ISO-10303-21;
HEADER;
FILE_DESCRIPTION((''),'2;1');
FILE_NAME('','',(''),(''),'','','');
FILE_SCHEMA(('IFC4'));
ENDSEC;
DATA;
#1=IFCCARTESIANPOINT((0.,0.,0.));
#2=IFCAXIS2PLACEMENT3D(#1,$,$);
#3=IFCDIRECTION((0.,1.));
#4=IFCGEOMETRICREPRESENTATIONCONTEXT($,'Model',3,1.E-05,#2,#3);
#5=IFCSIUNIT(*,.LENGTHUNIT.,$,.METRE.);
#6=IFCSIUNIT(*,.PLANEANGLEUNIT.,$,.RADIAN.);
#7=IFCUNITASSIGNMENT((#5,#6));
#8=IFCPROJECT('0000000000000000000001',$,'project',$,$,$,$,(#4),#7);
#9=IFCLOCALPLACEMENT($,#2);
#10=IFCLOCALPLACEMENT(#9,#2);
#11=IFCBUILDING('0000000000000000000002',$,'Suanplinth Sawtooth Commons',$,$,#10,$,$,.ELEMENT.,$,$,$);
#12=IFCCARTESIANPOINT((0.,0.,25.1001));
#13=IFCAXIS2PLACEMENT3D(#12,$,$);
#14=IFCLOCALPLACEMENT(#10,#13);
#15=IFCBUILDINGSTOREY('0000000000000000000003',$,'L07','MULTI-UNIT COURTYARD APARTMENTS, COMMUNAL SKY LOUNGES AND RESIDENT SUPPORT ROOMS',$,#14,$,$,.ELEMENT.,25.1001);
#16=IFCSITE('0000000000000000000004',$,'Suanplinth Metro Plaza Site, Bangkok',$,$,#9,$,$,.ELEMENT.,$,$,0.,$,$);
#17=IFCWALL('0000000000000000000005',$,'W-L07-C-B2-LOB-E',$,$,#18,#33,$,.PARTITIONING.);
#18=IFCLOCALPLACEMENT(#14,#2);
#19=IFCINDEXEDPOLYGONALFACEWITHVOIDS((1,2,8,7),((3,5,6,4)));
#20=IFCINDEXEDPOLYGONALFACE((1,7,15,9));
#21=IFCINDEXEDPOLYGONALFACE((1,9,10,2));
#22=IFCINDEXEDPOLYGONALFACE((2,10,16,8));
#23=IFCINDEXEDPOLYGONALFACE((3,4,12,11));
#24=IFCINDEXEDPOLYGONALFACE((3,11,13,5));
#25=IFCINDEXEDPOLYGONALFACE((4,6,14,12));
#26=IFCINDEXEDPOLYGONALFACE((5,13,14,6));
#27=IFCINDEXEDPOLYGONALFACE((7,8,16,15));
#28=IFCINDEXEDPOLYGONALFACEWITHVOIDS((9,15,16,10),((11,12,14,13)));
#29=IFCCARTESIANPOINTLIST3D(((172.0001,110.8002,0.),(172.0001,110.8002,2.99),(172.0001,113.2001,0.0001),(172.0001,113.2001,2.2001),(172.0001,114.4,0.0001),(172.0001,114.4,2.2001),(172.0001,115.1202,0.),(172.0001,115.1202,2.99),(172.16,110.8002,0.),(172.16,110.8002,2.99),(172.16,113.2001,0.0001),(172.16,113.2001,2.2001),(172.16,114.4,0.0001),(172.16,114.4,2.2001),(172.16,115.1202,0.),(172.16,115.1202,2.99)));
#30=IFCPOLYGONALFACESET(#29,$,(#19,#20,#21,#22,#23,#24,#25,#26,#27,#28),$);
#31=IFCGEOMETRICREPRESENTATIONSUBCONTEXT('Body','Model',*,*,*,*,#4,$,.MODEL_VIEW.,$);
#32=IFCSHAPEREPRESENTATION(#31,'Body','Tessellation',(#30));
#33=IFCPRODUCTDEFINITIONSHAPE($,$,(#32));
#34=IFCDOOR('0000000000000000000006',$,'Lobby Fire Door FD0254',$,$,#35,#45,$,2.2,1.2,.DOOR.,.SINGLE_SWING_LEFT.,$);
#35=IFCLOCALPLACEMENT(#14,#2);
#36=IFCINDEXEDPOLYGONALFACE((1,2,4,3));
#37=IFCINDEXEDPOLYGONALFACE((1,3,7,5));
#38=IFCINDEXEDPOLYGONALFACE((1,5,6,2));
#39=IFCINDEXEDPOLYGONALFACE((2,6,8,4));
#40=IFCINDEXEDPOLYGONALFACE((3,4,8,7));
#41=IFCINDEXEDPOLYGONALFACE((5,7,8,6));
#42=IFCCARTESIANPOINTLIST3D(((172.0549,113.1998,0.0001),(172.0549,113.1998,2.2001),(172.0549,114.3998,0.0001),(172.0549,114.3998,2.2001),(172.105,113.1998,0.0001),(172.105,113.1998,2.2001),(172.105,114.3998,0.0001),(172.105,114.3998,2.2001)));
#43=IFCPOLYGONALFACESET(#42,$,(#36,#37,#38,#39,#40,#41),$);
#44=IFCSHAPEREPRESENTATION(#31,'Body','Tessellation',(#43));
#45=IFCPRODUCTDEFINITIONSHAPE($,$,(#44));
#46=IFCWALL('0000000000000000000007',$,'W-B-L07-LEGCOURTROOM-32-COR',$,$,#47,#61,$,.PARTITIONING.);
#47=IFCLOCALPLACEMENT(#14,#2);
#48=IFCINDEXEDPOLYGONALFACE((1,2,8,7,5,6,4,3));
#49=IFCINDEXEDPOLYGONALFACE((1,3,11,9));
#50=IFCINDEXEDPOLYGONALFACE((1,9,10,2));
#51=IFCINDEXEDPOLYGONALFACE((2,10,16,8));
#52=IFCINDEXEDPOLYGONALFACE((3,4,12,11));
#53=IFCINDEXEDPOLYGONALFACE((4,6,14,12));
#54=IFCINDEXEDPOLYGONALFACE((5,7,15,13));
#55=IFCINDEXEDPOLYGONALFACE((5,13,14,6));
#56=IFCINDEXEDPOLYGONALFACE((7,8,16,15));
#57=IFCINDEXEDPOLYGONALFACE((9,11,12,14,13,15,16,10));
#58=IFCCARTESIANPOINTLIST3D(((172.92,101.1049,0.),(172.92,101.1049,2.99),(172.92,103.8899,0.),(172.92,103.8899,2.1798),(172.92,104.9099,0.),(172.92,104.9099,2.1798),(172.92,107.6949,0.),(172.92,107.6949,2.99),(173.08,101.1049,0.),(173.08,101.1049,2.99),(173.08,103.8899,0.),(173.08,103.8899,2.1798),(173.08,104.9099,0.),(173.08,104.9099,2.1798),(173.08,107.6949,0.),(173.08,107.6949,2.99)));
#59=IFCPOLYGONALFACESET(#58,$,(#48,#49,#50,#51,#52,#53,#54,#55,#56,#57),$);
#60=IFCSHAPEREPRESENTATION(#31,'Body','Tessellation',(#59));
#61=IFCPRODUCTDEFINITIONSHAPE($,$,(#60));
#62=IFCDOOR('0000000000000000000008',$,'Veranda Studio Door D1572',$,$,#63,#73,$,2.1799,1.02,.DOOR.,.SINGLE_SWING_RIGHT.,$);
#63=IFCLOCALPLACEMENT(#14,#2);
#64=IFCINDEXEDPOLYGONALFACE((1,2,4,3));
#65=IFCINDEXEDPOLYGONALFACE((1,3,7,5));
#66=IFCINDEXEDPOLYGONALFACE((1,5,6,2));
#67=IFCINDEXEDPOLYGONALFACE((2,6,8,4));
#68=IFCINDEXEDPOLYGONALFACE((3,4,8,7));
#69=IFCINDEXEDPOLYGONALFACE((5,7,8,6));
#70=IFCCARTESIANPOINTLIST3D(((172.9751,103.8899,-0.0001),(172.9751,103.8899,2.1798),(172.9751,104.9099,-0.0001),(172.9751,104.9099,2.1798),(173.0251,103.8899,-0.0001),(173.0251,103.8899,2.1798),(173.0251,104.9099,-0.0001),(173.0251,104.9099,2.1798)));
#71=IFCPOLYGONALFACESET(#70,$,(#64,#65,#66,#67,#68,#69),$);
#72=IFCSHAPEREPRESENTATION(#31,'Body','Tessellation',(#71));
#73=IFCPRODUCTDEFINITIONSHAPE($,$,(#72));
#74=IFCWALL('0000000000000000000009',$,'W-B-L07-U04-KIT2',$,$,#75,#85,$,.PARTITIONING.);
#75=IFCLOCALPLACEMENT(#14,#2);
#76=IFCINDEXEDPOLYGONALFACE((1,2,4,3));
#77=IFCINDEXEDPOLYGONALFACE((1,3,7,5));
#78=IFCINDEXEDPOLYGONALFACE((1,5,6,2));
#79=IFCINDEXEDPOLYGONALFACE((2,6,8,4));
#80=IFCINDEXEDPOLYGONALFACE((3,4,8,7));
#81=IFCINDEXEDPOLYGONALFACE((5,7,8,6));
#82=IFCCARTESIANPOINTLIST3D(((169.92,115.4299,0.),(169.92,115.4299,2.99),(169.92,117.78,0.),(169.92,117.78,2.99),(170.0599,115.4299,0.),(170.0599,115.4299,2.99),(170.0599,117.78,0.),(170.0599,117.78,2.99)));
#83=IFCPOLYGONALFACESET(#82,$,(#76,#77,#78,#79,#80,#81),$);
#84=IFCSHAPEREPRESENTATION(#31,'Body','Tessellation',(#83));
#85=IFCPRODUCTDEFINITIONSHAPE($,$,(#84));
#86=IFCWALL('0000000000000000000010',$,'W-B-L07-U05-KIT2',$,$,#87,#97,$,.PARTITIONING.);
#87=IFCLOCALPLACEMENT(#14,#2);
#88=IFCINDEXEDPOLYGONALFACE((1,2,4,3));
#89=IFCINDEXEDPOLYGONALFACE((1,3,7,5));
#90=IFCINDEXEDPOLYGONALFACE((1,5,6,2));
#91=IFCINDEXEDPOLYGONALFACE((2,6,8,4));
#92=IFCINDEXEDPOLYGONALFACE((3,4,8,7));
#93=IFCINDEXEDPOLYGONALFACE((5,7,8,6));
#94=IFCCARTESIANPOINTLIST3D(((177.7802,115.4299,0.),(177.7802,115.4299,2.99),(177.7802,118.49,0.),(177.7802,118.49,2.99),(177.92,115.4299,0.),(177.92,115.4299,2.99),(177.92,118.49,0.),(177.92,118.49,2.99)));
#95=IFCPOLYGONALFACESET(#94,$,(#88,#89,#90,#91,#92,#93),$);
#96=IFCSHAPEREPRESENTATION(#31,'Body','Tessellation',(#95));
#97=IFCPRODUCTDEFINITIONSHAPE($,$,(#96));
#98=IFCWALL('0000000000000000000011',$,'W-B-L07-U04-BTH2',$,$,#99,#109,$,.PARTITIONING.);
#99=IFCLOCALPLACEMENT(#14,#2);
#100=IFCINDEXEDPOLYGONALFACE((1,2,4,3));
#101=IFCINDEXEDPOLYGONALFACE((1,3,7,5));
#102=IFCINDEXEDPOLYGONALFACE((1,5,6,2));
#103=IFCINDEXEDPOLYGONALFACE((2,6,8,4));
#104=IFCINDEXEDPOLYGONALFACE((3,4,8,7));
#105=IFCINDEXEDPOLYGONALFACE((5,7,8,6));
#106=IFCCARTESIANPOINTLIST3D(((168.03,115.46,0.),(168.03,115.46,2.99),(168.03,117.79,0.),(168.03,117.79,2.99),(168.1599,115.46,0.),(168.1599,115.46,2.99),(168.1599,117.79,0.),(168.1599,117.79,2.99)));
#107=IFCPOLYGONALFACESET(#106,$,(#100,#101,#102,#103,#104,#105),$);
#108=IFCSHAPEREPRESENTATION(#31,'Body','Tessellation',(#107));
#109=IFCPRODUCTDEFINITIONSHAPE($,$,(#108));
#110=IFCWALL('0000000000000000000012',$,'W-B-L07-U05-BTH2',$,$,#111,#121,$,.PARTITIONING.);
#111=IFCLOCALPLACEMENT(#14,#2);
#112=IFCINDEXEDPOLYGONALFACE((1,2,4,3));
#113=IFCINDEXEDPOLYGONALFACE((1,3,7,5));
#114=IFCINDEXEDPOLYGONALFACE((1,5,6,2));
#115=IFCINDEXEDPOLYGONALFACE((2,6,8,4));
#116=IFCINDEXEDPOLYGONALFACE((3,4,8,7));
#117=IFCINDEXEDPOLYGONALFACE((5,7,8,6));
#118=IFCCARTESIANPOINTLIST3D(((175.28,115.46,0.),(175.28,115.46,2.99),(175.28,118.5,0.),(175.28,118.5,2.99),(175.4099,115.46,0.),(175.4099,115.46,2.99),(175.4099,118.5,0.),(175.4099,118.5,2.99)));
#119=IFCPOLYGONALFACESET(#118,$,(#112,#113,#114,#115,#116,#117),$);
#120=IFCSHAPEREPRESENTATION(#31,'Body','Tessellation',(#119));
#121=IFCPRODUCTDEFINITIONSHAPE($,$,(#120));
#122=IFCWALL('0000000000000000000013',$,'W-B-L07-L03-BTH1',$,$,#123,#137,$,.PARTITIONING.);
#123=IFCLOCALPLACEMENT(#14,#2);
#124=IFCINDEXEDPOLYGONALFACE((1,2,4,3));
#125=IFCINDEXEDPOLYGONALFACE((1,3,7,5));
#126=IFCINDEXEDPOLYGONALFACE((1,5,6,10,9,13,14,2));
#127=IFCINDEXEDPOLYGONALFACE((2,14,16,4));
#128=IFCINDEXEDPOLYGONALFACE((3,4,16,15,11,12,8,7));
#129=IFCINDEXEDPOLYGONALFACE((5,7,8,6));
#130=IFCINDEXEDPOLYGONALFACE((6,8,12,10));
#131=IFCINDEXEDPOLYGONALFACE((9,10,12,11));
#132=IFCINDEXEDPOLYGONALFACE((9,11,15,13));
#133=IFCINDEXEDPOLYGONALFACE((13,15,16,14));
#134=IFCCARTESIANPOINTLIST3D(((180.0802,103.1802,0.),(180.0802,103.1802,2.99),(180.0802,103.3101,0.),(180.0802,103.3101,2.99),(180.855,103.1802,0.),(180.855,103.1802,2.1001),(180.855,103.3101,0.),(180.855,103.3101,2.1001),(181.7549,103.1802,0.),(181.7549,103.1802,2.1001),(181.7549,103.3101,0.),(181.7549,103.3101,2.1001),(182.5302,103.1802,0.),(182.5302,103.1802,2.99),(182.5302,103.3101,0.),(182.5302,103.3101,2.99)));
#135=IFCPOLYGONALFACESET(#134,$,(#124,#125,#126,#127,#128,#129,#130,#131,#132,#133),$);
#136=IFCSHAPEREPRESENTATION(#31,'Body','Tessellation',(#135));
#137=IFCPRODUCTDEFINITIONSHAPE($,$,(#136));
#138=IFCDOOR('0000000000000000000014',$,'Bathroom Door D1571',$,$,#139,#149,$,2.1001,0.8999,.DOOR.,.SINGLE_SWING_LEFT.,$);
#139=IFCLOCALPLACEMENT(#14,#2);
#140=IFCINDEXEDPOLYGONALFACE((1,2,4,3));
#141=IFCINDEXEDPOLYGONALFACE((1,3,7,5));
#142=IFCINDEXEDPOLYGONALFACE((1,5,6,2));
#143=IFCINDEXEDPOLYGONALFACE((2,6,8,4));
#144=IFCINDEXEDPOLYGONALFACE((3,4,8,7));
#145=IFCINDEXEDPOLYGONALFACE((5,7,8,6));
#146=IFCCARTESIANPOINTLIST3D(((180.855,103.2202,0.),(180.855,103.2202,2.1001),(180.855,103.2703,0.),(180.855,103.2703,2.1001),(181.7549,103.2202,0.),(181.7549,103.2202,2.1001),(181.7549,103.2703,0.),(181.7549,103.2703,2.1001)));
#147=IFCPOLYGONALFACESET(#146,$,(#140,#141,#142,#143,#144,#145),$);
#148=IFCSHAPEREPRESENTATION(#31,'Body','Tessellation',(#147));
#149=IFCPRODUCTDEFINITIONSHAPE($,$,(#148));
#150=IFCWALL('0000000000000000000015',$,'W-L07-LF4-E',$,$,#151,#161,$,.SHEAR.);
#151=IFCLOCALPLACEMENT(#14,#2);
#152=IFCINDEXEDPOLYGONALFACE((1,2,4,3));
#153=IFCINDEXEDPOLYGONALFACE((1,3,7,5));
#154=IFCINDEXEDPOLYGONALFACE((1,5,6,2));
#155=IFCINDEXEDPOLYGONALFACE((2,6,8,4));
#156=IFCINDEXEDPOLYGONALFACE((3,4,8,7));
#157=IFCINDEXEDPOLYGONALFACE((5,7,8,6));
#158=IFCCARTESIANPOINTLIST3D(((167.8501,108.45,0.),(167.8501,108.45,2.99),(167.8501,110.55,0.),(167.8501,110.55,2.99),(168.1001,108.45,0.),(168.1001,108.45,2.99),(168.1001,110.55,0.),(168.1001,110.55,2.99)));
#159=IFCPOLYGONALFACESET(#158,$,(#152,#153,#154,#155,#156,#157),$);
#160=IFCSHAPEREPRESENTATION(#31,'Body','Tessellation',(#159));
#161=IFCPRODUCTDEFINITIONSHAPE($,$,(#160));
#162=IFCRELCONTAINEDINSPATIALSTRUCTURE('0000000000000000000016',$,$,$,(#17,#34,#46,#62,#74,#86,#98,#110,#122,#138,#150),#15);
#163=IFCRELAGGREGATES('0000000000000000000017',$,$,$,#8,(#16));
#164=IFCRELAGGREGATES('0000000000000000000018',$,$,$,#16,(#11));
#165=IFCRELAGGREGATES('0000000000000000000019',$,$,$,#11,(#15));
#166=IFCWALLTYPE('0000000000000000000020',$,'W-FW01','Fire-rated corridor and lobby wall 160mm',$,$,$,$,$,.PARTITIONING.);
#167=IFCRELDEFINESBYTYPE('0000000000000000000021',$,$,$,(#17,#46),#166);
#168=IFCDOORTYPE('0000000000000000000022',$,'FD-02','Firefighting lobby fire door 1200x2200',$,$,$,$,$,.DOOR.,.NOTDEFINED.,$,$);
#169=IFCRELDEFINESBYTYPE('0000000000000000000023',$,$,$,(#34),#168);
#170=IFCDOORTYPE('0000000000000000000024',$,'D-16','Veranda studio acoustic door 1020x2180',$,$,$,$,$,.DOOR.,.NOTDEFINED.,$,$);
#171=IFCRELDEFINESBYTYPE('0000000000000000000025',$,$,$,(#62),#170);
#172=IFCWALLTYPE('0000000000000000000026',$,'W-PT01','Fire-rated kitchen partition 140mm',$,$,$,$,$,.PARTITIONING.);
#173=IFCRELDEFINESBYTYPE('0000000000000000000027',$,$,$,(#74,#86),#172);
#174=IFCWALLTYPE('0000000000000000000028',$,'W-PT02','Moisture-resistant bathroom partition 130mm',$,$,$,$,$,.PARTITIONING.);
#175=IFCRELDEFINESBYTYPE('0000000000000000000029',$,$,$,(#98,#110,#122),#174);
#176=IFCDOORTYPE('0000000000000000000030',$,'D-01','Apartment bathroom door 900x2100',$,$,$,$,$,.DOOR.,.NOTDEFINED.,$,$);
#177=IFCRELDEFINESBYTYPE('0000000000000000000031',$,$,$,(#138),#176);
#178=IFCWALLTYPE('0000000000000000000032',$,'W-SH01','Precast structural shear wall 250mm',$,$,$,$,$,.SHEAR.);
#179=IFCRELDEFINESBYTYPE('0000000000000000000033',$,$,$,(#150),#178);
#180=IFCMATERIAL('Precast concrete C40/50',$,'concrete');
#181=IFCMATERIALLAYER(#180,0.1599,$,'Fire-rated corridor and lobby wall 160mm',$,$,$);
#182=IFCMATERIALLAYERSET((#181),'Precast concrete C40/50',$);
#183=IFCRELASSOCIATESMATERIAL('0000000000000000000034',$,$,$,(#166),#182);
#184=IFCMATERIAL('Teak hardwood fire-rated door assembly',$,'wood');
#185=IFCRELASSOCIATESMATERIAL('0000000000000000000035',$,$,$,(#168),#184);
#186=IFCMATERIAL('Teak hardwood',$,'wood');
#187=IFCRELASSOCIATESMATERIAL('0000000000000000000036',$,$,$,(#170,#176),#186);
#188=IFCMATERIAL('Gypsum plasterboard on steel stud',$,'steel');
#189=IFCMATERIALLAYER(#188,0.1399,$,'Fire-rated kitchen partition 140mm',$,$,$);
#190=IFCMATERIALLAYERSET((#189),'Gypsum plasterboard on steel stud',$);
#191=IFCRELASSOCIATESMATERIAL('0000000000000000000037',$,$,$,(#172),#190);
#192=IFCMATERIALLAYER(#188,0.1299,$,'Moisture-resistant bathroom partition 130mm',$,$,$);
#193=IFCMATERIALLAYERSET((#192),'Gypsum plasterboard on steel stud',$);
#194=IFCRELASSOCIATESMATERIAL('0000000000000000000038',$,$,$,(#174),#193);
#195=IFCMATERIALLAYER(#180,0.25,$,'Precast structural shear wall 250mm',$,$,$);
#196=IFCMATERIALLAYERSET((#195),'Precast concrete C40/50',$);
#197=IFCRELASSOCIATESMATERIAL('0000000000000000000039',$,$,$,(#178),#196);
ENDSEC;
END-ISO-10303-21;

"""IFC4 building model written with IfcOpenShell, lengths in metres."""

from ifc_helpers import new_model, si_unit, direction, frame, frame_2d, origin, place, context, subcontext, project, spatial, rectangle, extrude, material, layer, layer_set, type_object, element, fill, save


model = new_model("IFC4")

# Units and contexts
model_context = context("Model", 3, precision=1e-05, world=origin(), true_north=direction((0.0, 1.0)))
body_context = subcontext(model_context, "Body", "Model", "MODEL_VIEW")
ifc_project = project(units=[si_unit("LENGTHUNIT", "METRE"), si_unit("PLANEANGLEUNIT", "RADIAN")], contexts=[model_context])

# Site, building, storey
site_placement = place(None, origin())
site = spatial("IfcSite", under=ifc_project, at=site_placement, Name="Suanplinth Metro Plaza Site, Bangkok", CompositionType="ELEMENT", RefElevation=0.0)
building_placement = place(site_placement, origin())
building = spatial("IfcBuilding", under=site, at=building_placement, Name="Suanplinth Sawtooth Commons", CompositionType="ELEMENT")
storey_placement = place(building_placement, frame((0.0, 0.0, 25.1001)))
storey = spatial("IfcBuildingStorey", under=building, at=storey_placement, Name="L07", Description="MULTI-UNIT COURTYARD APARTMENTS, COMMUNAL SKY LOUNGES AND RESIDENT SUPPORT ROOMS", CompositionType="ELEMENT", Elevation=25.1001)

# Shared definitions
ifc_material_1 = material(Name="Precast concrete C40/50", Category="concrete")

# Walls, openings, doors
ifc_layer_1 = layer(ifc_material_1, 0.1599, Name="Fire-rated corridor and lobby wall 160mm")
ifc_layer_set_1 = layer_set([ifc_layer_1], Name="Precast concrete C40/50")
wall_type_1 = type_object("IfcWallType", Name="W-FW01", Description="Fire-rated corridor and lobby wall 160mm", PredefinedType="PARTITIONING", material=ifc_layer_set_1)
wall_1_placement = place(storey_placement, frame((172.0801, 110.8, 0.0), z_axis=(0.0, 0.0, 1.0), x_axis=(0.0, 1.0, 0.0)))
wall_1 = element("IfcWall", 1, at=wall_1_placement, inside=storey, type_object=wall_type_1, Name="W-L07-C-B2-LOB-E", PredefinedType="PARTITIONING", context=body_context, shape_type="SweptSolid", body=[
    extrude(rectangle(XDim=4.3201, YDim=0.1599, at=frame_2d((2.1602, 0.0))), origin(), (0.0, 0.0, 1.0), 2.99),
])
opening_1_placement = place(wall_1_placement, frame((2.3999, 0.0, 0.0)))
opening_1 = element("IfcOpeningElement", 2, at=opening_1_placement, cuts=wall_1, PredefinedType="OPENING", context=body_context, shape_type="SweptSolid", body=[
    extrude(rectangle(XDim=1.2, YDim=2.2, at=frame_2d((0.6001, 1.1001))), frame((0.0, 0.0947, 0.0), z_axis=(0.0, -1.0, 0.0), x_axis=(1.0, 0.0, 0.0)), (0.0, 0.0, 1.0), 0.1897),
])
ifc_material_2 = material(Name="Teak hardwood fire-rated door assembly", Category="wood")
door_type_1 = type_object("IfcDoorType", Name="FD-02", Description="Firefighting lobby fire door 1200x2200", OperationType="NOTDEFINED", PredefinedType="DOOR", material=ifc_material_2)
door_1_placement = place(opening_1_placement, frame((1.2, 0.0, 0.0), z_axis=(0.0, 0.0, 1.0), x_axis=(-1.0, 0.0, 0.0)))
door_1 = element("IfcDoor", 3, at=door_1_placement, inside=storey, type_object=door_type_1, Name="Lobby Fire Door FD0254", OperationType="SINGLE_SWING_LEFT", OverallHeight=2.2, OverallWidth=1.2, PredefinedType="DOOR", context=body_context, shape_type="SweptSolid", body=[
    extrude(rectangle(XDim=1.2, YDim=2.2, at=frame_2d((0.6001, 1.1001))), frame((0.0, 0.0249, 0.0), z_axis=(0.0, -1.0, 0.0), x_axis=(1.0, 0.0, 0.0)), (0.0, 0.0, 1.0), 0.05),
])
fill(opening_1, door_1)
wall_2_placement = place(storey_placement, frame((173.0, 101.105, 0.0), z_axis=(0.0, 0.0, 1.0), x_axis=(0.0, 1.0, 0.0)))
wall_2 = element("IfcWall", 4, at=wall_2_placement, inside=storey, type_object=wall_type_1, Name="W-B-L07-LEGCOURTROOM-32-COR", PredefinedType="PARTITIONING", context=body_context, shape_type="SweptSolid", body=[
    extrude(rectangle(XDim=6.5901, YDim=0.1599, at=frame_2d((3.2949, 0.0))), origin(), (0.0, 0.0, 1.0), 2.99),
])
opening_2_placement = place(wall_2_placement, frame((2.7849, 0.0, 0.0)))
opening_2 = element("IfcOpeningElement", 5, at=opening_2_placement, cuts=wall_2, PredefinedType="OPENING", context=body_context, shape_type="SweptSolid", body=[
    extrude(rectangle(XDim=1.02, YDim=2.1799, at=frame_2d((0.51, 1.0898))), frame((0.0, 0.0947, 0.0), z_axis=(0.0, -1.0, 0.0), x_axis=(1.0, 0.0, 0.0)), (0.0, 0.0, 1.0), 0.1897),
])
ifc_material_3 = material(Name="Teak hardwood", Category="wood")
door_type_2 = type_object("IfcDoorType", Name="D-16", Description="Veranda studio acoustic door 1020x2180", OperationType="NOTDEFINED", PredefinedType="DOOR", material=ifc_material_3)
door_2_placement = place(opening_2_placement, origin())
door_2 = element("IfcDoor", 6, at=door_2_placement, inside=storey, type_object=door_type_2, Name="Veranda Studio Door D1572", OperationType="SINGLE_SWING_RIGHT", OverallHeight=2.1799, OverallWidth=1.02, PredefinedType="DOOR", context=body_context, shape_type="SweptSolid", body=[
    extrude(rectangle(XDim=1.02, YDim=2.1799, at=frame_2d((0.51, 1.0898))), frame((0.0, 0.0249, 0.0), z_axis=(0.0, -1.0, 0.0), x_axis=(1.0, 0.0, 0.0)), (0.0, 0.0, 1.0), 0.05),
])
fill(opening_2, door_2)

# Walls
ifc_material_4 = material(Name="Gypsum plasterboard on steel stud", Category="steel")
ifc_layer_2 = layer(ifc_material_4, 0.1399, Name="Fire-rated kitchen partition 140mm")
ifc_layer_set_2 = layer_set([ifc_layer_2], Name="Gypsum plasterboard on steel stud")
wall_type_2 = type_object("IfcWallType", Name="W-PT01", Description="Fire-rated kitchen partition 140mm", PredefinedType="PARTITIONING", material=ifc_layer_set_2)
wall_3_placement = place(storey_placement, frame((169.99, 115.4299, 0.0), z_axis=(0.0, 0.0, 1.0), x_axis=(0.0, 1.0, 0.0)))
element("IfcWall", 7, at=wall_3_placement, inside=storey, type_object=wall_type_2, Name="W-B-L07-U04-KIT2", PredefinedType="PARTITIONING", context=body_context, shape_type="SweptSolid", body=[
    extrude(rectangle(XDim=2.3501, YDim=0.1399, at=frame_2d((1.175, 0.0))), origin(), (0.0, 0.0, 1.0), 2.99),
])
wall_4_placement = place(storey_placement, frame((177.8501, 115.4299, 0.0), z_axis=(0.0, 0.0, 1.0), x_axis=(0.0, 1.0, 0.0)))
element("IfcWall", 8, at=wall_4_placement, inside=storey, type_object=wall_type_2, Name="W-B-L07-U05-KIT2", PredefinedType="PARTITIONING", context=body_context, shape_type="SweptSolid", body=[
    extrude(rectangle(XDim=3.0601, YDim=0.1399, at=frame_2d((1.53, 0.0))), origin(), (0.0, 0.0, 1.0), 2.99),
])
ifc_layer_3 = layer(ifc_material_4, 0.1299, Name="Moisture-resistant bathroom partition 130mm")
ifc_layer_set_3 = layer_set([ifc_layer_3], Name="Gypsum plasterboard on steel stud")
wall_type_3 = type_object("IfcWallType", Name="W-PT02", Description="Moisture-resistant bathroom partition 130mm", PredefinedType="PARTITIONING", material=ifc_layer_set_3)
wall_5_placement = place(storey_placement, frame((168.095, 115.46, 0.0), z_axis=(0.0, 0.0, 1.0), x_axis=(0.0, 1.0, 0.0)))
element("IfcWall", 9, at=wall_5_placement, inside=storey, type_object=wall_type_3, Name="W-B-L07-U04-BTH2", PredefinedType="PARTITIONING", context=body_context, shape_type="SweptSolid", body=[
    extrude(rectangle(XDim=2.3301, YDim=0.1299, at=frame_2d((1.165, 0.0))), origin(), (0.0, 0.0, 1.0), 2.99),
])
wall_6_placement = place(storey_placement, frame((175.345, 115.46, 0.0), z_axis=(0.0, 0.0, 1.0), x_axis=(0.0, 1.0, 0.0)))
element("IfcWall", 10, at=wall_6_placement, inside=storey, type_object=wall_type_3, Name="W-B-L07-U05-BTH2", PredefinedType="PARTITIONING", context=body_context, shape_type="SweptSolid", body=[
    extrude(rectangle(XDim=3.04, YDim=0.1299, at=frame_2d((1.52, 0.0))), origin(), (0.0, 0.0, 1.0), 2.99),
])

# Wall, opening, door
wall_7_placement = place(storey_placement, frame((180.0801, 103.2451, 0.0), z_axis=(0.0, 0.0, 1.0), x_axis=(1.0, 0.0, 0.0)))
wall_7 = element("IfcWall", 11, at=wall_7_placement, inside=storey, type_object=wall_type_3, Name="W-B-L07-L03-BTH1", PredefinedType="PARTITIONING", context=body_context, shape_type="SweptSolid", body=[
    extrude(rectangle(XDim=2.45, YDim=0.1299, at=frame_2d((1.2251, 0.0))), origin(), (0.0, 0.0, 1.0), 2.99),
])
opening_3_placement = place(wall_7_placement, frame((0.7749, 0.0, 0.0)))
opening_3 = element("IfcOpeningElement", 12, at=opening_3_placement, cuts=wall_7, PredefinedType="OPENING", context=body_context, shape_type="SweptSolid", body=[
    extrude(rectangle(XDim=0.8999, YDim=2.1001, at=frame_2d((0.45, 1.05))), frame((0.0, 0.0798, 0.0), z_axis=(0.0, -1.0, 0.0), x_axis=(1.0, 0.0, 0.0)), (0.0, 0.0, 1.0), 0.1597),
])
door_type_3 = type_object("IfcDoorType", Name="D-01", Description="Apartment bathroom door 900x2100", OperationType="NOTDEFINED", PredefinedType="DOOR", material=ifc_material_3)
door_3_placement = place(opening_3_placement, frame((0.8999, 0.0, 0.0), z_axis=(0.0, 0.0, 1.0), x_axis=(-1.0, 0.0, 0.0)))
door_3 = element("IfcDoor", 13, at=door_3_placement, inside=storey, type_object=door_type_3, Name="Bathroom Door D1571", OperationType="SINGLE_SWING_LEFT", OverallHeight=2.1001, OverallWidth=0.8999, PredefinedType="DOOR", context=body_context, shape_type="SweptSolid", body=[
    extrude(rectangle(XDim=0.8999, YDim=2.1001, at=frame_2d((0.45, 1.05))), frame((0.0, 0.0249, 0.0), z_axis=(0.0, -1.0, 0.0), x_axis=(1.0, 0.0, 0.0)), (0.0, 0.0, 1.0), 0.05),
])
fill(opening_3, door_3)

# Wall
ifc_layer_4 = layer(ifc_material_1, 0.25, Name="Precast structural shear wall 250mm")
ifc_layer_set_4 = layer_set([ifc_layer_4], Name="Precast concrete C40/50")
wall_type_4 = type_object("IfcWallType", Name="W-SH01", Description="Precast structural shear wall 250mm", PredefinedType="SHEAR", material=ifc_layer_set_4)
wall_8_placement = place(storey_placement, frame((167.9751, 108.45, 0.0), z_axis=(0.0, 0.0, 1.0), x_axis=(0.0, 1.0, 0.0)))
element("IfcWall", 14, at=wall_8_placement, inside=storey, type_object=wall_type_4, Name="W-L07-LF4-E", PredefinedType="SHEAR", context=body_context, shape_type="SweptSolid", body=[
    extrude(rectangle(XDim=2.1001, YDim=0.25, at=frame_2d((1.05, 0.0))), origin(), (0.0, 0.0, 1.0), 2.99),
])

save(model, "model.ifc")
